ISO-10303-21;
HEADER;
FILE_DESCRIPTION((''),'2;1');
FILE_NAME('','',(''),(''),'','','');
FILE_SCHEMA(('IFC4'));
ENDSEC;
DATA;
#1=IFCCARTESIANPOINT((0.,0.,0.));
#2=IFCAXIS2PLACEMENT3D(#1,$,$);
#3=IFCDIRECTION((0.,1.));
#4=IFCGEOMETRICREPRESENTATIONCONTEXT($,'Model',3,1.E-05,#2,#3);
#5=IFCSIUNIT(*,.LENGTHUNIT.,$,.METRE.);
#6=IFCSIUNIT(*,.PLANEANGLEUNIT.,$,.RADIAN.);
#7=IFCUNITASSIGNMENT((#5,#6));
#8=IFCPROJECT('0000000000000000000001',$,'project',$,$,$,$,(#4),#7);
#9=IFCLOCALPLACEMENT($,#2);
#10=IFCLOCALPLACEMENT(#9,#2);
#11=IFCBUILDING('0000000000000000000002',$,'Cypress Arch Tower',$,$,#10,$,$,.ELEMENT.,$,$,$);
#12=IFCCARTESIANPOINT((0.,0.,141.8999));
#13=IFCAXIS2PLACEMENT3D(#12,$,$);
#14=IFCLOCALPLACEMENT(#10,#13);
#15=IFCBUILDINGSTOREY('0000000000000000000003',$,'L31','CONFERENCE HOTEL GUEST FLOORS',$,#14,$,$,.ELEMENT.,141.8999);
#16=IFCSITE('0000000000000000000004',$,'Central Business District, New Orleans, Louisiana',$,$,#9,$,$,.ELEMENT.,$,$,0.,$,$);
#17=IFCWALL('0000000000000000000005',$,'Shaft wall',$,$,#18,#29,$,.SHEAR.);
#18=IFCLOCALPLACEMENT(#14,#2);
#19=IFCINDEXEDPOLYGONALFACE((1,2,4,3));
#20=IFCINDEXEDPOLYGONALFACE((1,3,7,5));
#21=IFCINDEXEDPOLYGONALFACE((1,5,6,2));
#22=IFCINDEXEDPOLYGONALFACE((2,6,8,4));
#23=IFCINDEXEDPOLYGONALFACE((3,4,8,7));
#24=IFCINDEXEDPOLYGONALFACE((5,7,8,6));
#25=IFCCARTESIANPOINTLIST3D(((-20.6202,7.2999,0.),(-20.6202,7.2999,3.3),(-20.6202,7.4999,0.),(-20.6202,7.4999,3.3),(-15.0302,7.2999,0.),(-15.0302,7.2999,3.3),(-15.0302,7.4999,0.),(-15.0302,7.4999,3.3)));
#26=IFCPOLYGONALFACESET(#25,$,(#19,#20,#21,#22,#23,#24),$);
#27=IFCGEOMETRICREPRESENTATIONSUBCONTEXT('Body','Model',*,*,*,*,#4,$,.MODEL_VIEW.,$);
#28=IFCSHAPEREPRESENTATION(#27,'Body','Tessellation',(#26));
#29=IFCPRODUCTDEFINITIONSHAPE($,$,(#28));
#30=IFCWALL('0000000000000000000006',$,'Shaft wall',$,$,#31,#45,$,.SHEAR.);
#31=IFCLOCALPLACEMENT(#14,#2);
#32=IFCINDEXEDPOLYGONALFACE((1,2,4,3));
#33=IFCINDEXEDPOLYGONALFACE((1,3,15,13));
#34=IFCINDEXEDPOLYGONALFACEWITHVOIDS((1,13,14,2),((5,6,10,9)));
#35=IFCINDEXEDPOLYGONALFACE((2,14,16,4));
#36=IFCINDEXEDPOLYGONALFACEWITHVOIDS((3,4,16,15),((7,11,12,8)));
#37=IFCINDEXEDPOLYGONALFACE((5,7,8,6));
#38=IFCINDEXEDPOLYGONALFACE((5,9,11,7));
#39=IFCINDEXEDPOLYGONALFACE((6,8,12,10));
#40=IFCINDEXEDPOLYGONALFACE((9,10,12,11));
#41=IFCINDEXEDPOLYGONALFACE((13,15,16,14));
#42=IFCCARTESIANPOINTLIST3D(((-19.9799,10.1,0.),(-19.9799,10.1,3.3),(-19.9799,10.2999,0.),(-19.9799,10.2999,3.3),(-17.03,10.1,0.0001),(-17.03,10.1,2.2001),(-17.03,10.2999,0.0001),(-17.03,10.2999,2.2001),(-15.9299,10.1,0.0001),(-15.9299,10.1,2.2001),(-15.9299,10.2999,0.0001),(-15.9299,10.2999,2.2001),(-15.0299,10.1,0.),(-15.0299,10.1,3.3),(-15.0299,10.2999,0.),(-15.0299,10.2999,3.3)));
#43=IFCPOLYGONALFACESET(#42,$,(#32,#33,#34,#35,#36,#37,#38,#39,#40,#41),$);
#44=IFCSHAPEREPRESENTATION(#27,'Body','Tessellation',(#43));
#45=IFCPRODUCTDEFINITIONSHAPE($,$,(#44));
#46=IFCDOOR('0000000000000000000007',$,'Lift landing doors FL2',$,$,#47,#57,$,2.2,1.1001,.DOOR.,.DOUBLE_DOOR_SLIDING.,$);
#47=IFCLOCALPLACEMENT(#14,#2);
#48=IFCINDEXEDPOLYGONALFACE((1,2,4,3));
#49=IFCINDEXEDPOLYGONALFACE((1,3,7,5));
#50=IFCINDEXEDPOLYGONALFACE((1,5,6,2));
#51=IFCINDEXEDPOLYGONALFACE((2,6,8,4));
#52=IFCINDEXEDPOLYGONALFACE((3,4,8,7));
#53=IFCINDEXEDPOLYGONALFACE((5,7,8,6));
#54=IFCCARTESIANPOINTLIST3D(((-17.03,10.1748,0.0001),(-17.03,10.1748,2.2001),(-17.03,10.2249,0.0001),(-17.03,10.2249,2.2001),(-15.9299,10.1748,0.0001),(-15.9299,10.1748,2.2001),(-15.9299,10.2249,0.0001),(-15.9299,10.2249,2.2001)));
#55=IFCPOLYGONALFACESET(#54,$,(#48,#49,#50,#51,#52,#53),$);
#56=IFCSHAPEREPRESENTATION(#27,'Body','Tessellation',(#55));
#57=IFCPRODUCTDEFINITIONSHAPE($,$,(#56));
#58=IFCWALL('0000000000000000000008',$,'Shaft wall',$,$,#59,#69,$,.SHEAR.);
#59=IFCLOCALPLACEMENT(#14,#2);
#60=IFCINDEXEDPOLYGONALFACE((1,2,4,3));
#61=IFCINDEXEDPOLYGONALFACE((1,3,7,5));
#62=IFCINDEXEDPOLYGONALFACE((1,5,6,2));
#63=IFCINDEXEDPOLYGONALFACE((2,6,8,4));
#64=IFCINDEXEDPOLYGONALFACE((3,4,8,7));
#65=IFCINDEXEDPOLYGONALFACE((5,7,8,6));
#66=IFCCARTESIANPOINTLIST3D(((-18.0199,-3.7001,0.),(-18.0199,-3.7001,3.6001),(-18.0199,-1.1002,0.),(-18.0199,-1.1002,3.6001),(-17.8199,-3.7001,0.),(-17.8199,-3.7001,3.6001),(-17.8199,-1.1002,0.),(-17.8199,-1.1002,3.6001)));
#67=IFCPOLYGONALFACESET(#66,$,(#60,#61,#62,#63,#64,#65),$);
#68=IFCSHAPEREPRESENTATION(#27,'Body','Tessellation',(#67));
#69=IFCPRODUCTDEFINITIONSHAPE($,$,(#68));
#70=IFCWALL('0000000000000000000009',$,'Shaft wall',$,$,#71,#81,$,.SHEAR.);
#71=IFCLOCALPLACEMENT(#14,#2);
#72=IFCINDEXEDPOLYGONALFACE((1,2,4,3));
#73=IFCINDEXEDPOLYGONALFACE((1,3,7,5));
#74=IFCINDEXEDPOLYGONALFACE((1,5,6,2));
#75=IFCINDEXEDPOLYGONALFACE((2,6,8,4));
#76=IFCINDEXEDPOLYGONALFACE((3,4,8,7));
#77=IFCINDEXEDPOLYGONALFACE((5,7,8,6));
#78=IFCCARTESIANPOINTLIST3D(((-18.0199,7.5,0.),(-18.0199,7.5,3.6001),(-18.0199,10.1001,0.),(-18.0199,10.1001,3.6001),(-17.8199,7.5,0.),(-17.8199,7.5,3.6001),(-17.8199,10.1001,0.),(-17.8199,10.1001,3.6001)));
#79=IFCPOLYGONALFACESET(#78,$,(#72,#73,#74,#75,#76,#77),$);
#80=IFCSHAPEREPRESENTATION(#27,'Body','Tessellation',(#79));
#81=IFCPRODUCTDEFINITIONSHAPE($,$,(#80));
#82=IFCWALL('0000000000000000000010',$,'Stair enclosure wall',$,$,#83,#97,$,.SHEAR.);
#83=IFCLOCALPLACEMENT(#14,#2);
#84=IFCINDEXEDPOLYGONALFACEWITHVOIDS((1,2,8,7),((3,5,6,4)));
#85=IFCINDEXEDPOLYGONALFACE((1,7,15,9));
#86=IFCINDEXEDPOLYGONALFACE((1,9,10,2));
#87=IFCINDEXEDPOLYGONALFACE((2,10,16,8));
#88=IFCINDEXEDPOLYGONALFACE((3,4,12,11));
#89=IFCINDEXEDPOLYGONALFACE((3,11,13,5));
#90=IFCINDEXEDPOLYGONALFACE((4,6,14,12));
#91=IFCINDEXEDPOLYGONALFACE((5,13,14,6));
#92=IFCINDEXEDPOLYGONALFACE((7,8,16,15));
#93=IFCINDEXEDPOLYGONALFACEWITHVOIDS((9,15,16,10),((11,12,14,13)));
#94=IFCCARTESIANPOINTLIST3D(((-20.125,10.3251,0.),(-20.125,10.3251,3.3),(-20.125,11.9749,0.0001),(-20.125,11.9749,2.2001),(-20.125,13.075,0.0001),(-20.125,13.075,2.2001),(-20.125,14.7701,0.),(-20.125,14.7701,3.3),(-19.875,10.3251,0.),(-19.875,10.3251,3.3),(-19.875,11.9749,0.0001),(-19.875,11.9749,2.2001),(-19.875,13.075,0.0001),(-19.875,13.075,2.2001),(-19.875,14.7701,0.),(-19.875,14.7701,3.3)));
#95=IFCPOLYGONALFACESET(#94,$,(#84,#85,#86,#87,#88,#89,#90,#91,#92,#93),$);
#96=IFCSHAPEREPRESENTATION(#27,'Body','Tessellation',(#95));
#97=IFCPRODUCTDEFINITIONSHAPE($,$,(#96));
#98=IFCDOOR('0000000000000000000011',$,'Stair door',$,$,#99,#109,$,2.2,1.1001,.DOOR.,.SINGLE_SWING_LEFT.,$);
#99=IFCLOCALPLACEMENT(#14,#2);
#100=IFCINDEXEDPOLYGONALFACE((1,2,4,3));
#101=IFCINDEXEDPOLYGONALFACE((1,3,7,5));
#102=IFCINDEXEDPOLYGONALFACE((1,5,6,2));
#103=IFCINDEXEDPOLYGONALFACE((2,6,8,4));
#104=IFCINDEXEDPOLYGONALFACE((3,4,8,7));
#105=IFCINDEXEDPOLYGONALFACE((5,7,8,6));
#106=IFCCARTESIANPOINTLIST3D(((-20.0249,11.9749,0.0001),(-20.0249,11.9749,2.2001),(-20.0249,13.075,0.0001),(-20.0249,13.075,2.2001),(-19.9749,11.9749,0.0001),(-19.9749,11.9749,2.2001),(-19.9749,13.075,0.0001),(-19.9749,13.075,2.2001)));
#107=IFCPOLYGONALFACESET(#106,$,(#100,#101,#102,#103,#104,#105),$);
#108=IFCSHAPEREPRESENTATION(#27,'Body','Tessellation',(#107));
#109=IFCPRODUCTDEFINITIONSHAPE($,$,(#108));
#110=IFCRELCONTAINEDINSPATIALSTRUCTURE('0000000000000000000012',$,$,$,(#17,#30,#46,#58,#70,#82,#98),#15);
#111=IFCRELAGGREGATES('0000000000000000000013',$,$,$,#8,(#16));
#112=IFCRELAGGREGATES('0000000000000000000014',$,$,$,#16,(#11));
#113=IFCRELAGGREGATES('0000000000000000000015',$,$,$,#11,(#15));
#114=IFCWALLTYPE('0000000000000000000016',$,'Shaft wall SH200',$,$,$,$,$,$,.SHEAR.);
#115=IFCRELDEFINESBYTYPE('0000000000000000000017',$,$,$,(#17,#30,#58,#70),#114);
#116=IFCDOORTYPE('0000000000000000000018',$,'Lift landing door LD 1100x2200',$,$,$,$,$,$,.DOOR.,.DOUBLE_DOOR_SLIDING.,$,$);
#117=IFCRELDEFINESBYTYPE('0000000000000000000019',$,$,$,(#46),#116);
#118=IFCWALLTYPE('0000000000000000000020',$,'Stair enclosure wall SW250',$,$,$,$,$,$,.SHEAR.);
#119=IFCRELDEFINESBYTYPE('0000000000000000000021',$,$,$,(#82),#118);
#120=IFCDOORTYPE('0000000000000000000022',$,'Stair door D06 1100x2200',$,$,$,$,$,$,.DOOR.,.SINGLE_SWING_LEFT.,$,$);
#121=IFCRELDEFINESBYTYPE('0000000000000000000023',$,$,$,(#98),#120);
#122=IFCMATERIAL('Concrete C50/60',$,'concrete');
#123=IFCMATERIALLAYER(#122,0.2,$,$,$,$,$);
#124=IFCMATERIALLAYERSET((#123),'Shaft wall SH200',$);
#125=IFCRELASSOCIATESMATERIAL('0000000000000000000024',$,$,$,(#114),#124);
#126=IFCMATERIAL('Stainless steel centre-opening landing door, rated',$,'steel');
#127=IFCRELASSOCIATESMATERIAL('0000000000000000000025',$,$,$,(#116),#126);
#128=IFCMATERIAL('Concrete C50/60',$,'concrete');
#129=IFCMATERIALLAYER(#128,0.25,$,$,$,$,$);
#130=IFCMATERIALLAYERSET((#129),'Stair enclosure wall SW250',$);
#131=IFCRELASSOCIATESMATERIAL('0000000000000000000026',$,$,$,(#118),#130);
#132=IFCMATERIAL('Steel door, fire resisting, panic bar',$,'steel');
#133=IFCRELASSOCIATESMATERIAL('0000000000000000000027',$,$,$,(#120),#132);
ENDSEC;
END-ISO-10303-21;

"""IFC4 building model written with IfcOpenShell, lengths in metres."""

from ifc_helpers import new_model, si_unit, direction, frame, frame_2d, origin, place, context, subcontext, project, spatial, rectangle, extrude, material, layer, layer_set, type_object, element, fill, save


model = new_model("IFC4")

# Units and contexts
model_context = context("Model", 3, precision=1e-05, world=origin(), true_north=direction((0.0, 1.0)))
body_context = subcontext(model_context, "Body", "Model", "MODEL_VIEW")
ifc_project = project(units=[si_unit("LENGTHUNIT", "METRE"), si_unit("PLANEANGLEUNIT", "RADIAN")], contexts=[model_context])

# Site, building, storey
site_placement = place(None, origin())
site = spatial("IfcSite", under=ifc_project, at=site_placement, Name="Central Business District, New Orleans, Louisiana", CompositionType="ELEMENT", RefElevation=0.0)
building_placement = place(site_placement, origin())
building = spatial("IfcBuilding", under=site, at=building_placement, Name="Cypress Arch Tower", CompositionType="ELEMENT")
storey_placement = place(building_placement, frame((0.0, 0.0, 141.8999)))
storey = spatial("IfcBuildingStorey", under=building, at=storey_placement, Name="L31", Description="CONFERENCE HOTEL GUEST FLOORS", CompositionType="ELEMENT", Elevation=141.8999)

# Wall
ifc_material_1 = material(Name="Concrete C50/60", Category="concrete")
ifc_layer_1 = layer(ifc_material_1, 0.2)
ifc_layer_set_1 = layer_set([ifc_layer_1], Name="Shaft wall SH200")
wall_type_1 = type_object("IfcWallType", Name="Shaft wall SH200", PredefinedType="SHEAR", material=ifc_layer_set_1)
wall_1_placement = place(storey_placement, frame((-20.6201, 7.3999, 0.0), z_axis=(0.0, 0.0, 1.0), x_axis=(1.0, 0.0, 0.0)))
element("IfcWall", 1, at=wall_1_placement, inside=storey, type_object=wall_type_1, Name="Shaft wall", PredefinedType="SHEAR", context=body_context, shape_type="SweptSolid", body=[
    extrude(rectangle(XDim=5.5901, YDim=0.2, at=frame_2d((2.7949, 0.0))), origin(), (0.0, 0.0, 1.0), 3.3),
])

# Wall, opening, door
wall_2_placement = place(storey_placement, frame((-19.98, 10.2, 0.0), z_axis=(0.0, 0.0, 1.0), x_axis=(1.0, 0.0, 0.0)))
wall_2 = element("IfcWall", 2, at=wall_2_placement, inside=storey, type_object=wall_type_1, Name="Shaft wall", PredefinedType="SHEAR", context=body_context, shape_type="SweptSolid", body=[
    extrude(rectangle(XDim=4.95, YDim=0.2, at=frame_2d((2.4751, 0.0))), origin(), (0.0, 0.0, 1.0), 3.3),
])
opening_1_placement = place(wall_2_placement, frame((2.95, 0.0, 0.0)))
opening_1 = element("IfcOpeningElement", 3, at=opening_1_placement, cuts=wall_2, PredefinedType="OPENING", context=body_context, shape_type="SweptSolid", body=[
    extrude(rectangle(XDim=1.1001, YDim=2.2, at=frame_2d((0.55, 1.1001))), frame((0.0, 0.1099, 0.0), z_axis=(0.0, -1.0, 0.0), x_axis=(1.0, 0.0, 0.0)), (0.0, 0.0, 1.0), 0.22),
])
ifc_material_2 = material(Name="Stainless steel centre-opening landing door, rated", Category="steel")
door_type_1 = type_object("IfcDoorType", Name="Lift landing door LD 1100x2200", OperationType="DOUBLE_DOOR_SLIDING", PredefinedType="DOOR", material=ifc_material_2)
door_1_placement = place(opening_1_placement, origin())
door_1 = element("IfcDoor", 4, at=door_1_placement, inside=storey, type_object=door_type_1, Name="Lift landing doors FL2", OperationType="DOUBLE_DOOR_SLIDING", OverallHeight=2.2, OverallWidth=1.1001, PredefinedType="DOOR", context=body_context, shape_type="SweptSolid", body=[
    extrude(rectangle(XDim=1.1001, YDim=2.2, at=frame_2d((0.55, 1.1001))), frame((0.0, 0.0249, 0.0), z_axis=(0.0, -1.0, 0.0), x_axis=(1.0, 0.0, 0.0)), (0.0, 0.0, 1.0), 0.05),
])
fill(opening_1, door_1)

# Walls
wall_3_placement = place(storey_placement, frame((-17.9199, -3.7, 0.0), z_axis=(0.0, 0.0, 1.0), x_axis=(0.0, 1.0, 0.0)))
element("IfcWall", 5, at=wall_3_placement, inside=storey, type_object=wall_type_1, Name="Shaft wall", PredefinedType="SHEAR", context=body_context, shape_type="SweptSolid", body=[
    extrude(rectangle(XDim=2.5999, YDim=0.2, at=frame_2d((1.2998, 0.0))), origin(), (0.0, 0.0, 1.0), 3.6001),
])
wall_4_placement = place(storey_placement, frame((-17.9199, 7.5, 0.0), z_axis=(0.0, 0.0, 1.0), x_axis=(0.0, 1.0, 0.0)))
element("IfcWall", 6, at=wall_4_placement, inside=storey, type_object=wall_type_1, Name="Shaft wall", PredefinedType="SHEAR", context=body_context, shape_type="SweptSolid", body=[
    extrude(rectangle(XDim=2.6001, YDim=0.2, at=frame_2d((1.3, 0.0))), origin(), (0.0, 0.0, 1.0), 3.6001),
])

# Wall, opening, door
ifc_material_3 = material(Name="Concrete C50/60", Category="concrete")
ifc_layer_2 = layer(ifc_material_3, 0.25)
ifc_layer_set_2 = layer_set([ifc_layer_2], Name="Stair enclosure wall SW250")
wall_type_2 = type_object("IfcWallType", Name="Stair enclosure wall SW250", PredefinedType="SHEAR", material=ifc_layer_set_2)
wall_5_placement = place(storey_placement, frame((-20.0, 10.325, 0.0), z_axis=(0.0, 0.0, 1.0), x_axis=(0.0, 1.0, 0.0)))
wall_5 = element("IfcWall", 7, at=wall_5_placement, inside=storey, type_object=wall_type_2, Name="Stair enclosure wall", PredefinedType="SHEAR", context=body_context, shape_type="SweptSolid", body=[
    extrude(rectangle(XDim=4.4451, YDim=0.25, at=frame_2d((2.2227, 0.0))), origin(), (0.0, 0.0, 1.0), 3.3),
])
opening_2_placement = place(wall_5_placement, frame((1.6499, 0.0, 0.0)))
opening_2 = element("IfcOpeningElement", 8, at=opening_2_placement, cuts=wall_5, PredefinedType="OPENING", context=body_context, shape_type="SweptSolid", body=[
    extrude(rectangle(XDim=1.1001, YDim=2.2, at=frame_2d((0.55, 1.1001))), frame((0.0, 0.135, 0.0), z_axis=(0.0, -1.0, 0.0), x_axis=(1.0, 0.0, 0.0)), (0.0, 0.0, 1.0), 0.27),
])
ifc_material_4 = material(Name="Steel door, fire resisting, panic bar", Category="steel")
door_type_2 = type_object("IfcDoorType", Name="Stair door D06 1100x2200", OperationType="SINGLE_SWING_LEFT", PredefinedType="DOOR", material=ifc_material_4)
door_2_placement = place(opening_2_placement, origin())
door_2 = element("IfcDoor", 9, at=door_2_placement, inside=storey, type_object=door_type_2, Name="Stair door", OperationType="SINGLE_SWING_LEFT", OverallHeight=2.2, OverallWidth=1.1001, PredefinedType="DOOR", context=body_context, shape_type="SweptSolid", body=[
    extrude(rectangle(XDim=1.1001, YDim=2.2, at=frame_2d((0.55, 1.1001))), frame((0.0, 0.0249, 0.0), z_axis=(0.0, -1.0, 0.0), x_axis=(1.0, 0.0, 0.0)), (0.0, 0.0, 1.0), 0.05),
])
fill(opening_2, door_2)

save(model, "model.ifc")
